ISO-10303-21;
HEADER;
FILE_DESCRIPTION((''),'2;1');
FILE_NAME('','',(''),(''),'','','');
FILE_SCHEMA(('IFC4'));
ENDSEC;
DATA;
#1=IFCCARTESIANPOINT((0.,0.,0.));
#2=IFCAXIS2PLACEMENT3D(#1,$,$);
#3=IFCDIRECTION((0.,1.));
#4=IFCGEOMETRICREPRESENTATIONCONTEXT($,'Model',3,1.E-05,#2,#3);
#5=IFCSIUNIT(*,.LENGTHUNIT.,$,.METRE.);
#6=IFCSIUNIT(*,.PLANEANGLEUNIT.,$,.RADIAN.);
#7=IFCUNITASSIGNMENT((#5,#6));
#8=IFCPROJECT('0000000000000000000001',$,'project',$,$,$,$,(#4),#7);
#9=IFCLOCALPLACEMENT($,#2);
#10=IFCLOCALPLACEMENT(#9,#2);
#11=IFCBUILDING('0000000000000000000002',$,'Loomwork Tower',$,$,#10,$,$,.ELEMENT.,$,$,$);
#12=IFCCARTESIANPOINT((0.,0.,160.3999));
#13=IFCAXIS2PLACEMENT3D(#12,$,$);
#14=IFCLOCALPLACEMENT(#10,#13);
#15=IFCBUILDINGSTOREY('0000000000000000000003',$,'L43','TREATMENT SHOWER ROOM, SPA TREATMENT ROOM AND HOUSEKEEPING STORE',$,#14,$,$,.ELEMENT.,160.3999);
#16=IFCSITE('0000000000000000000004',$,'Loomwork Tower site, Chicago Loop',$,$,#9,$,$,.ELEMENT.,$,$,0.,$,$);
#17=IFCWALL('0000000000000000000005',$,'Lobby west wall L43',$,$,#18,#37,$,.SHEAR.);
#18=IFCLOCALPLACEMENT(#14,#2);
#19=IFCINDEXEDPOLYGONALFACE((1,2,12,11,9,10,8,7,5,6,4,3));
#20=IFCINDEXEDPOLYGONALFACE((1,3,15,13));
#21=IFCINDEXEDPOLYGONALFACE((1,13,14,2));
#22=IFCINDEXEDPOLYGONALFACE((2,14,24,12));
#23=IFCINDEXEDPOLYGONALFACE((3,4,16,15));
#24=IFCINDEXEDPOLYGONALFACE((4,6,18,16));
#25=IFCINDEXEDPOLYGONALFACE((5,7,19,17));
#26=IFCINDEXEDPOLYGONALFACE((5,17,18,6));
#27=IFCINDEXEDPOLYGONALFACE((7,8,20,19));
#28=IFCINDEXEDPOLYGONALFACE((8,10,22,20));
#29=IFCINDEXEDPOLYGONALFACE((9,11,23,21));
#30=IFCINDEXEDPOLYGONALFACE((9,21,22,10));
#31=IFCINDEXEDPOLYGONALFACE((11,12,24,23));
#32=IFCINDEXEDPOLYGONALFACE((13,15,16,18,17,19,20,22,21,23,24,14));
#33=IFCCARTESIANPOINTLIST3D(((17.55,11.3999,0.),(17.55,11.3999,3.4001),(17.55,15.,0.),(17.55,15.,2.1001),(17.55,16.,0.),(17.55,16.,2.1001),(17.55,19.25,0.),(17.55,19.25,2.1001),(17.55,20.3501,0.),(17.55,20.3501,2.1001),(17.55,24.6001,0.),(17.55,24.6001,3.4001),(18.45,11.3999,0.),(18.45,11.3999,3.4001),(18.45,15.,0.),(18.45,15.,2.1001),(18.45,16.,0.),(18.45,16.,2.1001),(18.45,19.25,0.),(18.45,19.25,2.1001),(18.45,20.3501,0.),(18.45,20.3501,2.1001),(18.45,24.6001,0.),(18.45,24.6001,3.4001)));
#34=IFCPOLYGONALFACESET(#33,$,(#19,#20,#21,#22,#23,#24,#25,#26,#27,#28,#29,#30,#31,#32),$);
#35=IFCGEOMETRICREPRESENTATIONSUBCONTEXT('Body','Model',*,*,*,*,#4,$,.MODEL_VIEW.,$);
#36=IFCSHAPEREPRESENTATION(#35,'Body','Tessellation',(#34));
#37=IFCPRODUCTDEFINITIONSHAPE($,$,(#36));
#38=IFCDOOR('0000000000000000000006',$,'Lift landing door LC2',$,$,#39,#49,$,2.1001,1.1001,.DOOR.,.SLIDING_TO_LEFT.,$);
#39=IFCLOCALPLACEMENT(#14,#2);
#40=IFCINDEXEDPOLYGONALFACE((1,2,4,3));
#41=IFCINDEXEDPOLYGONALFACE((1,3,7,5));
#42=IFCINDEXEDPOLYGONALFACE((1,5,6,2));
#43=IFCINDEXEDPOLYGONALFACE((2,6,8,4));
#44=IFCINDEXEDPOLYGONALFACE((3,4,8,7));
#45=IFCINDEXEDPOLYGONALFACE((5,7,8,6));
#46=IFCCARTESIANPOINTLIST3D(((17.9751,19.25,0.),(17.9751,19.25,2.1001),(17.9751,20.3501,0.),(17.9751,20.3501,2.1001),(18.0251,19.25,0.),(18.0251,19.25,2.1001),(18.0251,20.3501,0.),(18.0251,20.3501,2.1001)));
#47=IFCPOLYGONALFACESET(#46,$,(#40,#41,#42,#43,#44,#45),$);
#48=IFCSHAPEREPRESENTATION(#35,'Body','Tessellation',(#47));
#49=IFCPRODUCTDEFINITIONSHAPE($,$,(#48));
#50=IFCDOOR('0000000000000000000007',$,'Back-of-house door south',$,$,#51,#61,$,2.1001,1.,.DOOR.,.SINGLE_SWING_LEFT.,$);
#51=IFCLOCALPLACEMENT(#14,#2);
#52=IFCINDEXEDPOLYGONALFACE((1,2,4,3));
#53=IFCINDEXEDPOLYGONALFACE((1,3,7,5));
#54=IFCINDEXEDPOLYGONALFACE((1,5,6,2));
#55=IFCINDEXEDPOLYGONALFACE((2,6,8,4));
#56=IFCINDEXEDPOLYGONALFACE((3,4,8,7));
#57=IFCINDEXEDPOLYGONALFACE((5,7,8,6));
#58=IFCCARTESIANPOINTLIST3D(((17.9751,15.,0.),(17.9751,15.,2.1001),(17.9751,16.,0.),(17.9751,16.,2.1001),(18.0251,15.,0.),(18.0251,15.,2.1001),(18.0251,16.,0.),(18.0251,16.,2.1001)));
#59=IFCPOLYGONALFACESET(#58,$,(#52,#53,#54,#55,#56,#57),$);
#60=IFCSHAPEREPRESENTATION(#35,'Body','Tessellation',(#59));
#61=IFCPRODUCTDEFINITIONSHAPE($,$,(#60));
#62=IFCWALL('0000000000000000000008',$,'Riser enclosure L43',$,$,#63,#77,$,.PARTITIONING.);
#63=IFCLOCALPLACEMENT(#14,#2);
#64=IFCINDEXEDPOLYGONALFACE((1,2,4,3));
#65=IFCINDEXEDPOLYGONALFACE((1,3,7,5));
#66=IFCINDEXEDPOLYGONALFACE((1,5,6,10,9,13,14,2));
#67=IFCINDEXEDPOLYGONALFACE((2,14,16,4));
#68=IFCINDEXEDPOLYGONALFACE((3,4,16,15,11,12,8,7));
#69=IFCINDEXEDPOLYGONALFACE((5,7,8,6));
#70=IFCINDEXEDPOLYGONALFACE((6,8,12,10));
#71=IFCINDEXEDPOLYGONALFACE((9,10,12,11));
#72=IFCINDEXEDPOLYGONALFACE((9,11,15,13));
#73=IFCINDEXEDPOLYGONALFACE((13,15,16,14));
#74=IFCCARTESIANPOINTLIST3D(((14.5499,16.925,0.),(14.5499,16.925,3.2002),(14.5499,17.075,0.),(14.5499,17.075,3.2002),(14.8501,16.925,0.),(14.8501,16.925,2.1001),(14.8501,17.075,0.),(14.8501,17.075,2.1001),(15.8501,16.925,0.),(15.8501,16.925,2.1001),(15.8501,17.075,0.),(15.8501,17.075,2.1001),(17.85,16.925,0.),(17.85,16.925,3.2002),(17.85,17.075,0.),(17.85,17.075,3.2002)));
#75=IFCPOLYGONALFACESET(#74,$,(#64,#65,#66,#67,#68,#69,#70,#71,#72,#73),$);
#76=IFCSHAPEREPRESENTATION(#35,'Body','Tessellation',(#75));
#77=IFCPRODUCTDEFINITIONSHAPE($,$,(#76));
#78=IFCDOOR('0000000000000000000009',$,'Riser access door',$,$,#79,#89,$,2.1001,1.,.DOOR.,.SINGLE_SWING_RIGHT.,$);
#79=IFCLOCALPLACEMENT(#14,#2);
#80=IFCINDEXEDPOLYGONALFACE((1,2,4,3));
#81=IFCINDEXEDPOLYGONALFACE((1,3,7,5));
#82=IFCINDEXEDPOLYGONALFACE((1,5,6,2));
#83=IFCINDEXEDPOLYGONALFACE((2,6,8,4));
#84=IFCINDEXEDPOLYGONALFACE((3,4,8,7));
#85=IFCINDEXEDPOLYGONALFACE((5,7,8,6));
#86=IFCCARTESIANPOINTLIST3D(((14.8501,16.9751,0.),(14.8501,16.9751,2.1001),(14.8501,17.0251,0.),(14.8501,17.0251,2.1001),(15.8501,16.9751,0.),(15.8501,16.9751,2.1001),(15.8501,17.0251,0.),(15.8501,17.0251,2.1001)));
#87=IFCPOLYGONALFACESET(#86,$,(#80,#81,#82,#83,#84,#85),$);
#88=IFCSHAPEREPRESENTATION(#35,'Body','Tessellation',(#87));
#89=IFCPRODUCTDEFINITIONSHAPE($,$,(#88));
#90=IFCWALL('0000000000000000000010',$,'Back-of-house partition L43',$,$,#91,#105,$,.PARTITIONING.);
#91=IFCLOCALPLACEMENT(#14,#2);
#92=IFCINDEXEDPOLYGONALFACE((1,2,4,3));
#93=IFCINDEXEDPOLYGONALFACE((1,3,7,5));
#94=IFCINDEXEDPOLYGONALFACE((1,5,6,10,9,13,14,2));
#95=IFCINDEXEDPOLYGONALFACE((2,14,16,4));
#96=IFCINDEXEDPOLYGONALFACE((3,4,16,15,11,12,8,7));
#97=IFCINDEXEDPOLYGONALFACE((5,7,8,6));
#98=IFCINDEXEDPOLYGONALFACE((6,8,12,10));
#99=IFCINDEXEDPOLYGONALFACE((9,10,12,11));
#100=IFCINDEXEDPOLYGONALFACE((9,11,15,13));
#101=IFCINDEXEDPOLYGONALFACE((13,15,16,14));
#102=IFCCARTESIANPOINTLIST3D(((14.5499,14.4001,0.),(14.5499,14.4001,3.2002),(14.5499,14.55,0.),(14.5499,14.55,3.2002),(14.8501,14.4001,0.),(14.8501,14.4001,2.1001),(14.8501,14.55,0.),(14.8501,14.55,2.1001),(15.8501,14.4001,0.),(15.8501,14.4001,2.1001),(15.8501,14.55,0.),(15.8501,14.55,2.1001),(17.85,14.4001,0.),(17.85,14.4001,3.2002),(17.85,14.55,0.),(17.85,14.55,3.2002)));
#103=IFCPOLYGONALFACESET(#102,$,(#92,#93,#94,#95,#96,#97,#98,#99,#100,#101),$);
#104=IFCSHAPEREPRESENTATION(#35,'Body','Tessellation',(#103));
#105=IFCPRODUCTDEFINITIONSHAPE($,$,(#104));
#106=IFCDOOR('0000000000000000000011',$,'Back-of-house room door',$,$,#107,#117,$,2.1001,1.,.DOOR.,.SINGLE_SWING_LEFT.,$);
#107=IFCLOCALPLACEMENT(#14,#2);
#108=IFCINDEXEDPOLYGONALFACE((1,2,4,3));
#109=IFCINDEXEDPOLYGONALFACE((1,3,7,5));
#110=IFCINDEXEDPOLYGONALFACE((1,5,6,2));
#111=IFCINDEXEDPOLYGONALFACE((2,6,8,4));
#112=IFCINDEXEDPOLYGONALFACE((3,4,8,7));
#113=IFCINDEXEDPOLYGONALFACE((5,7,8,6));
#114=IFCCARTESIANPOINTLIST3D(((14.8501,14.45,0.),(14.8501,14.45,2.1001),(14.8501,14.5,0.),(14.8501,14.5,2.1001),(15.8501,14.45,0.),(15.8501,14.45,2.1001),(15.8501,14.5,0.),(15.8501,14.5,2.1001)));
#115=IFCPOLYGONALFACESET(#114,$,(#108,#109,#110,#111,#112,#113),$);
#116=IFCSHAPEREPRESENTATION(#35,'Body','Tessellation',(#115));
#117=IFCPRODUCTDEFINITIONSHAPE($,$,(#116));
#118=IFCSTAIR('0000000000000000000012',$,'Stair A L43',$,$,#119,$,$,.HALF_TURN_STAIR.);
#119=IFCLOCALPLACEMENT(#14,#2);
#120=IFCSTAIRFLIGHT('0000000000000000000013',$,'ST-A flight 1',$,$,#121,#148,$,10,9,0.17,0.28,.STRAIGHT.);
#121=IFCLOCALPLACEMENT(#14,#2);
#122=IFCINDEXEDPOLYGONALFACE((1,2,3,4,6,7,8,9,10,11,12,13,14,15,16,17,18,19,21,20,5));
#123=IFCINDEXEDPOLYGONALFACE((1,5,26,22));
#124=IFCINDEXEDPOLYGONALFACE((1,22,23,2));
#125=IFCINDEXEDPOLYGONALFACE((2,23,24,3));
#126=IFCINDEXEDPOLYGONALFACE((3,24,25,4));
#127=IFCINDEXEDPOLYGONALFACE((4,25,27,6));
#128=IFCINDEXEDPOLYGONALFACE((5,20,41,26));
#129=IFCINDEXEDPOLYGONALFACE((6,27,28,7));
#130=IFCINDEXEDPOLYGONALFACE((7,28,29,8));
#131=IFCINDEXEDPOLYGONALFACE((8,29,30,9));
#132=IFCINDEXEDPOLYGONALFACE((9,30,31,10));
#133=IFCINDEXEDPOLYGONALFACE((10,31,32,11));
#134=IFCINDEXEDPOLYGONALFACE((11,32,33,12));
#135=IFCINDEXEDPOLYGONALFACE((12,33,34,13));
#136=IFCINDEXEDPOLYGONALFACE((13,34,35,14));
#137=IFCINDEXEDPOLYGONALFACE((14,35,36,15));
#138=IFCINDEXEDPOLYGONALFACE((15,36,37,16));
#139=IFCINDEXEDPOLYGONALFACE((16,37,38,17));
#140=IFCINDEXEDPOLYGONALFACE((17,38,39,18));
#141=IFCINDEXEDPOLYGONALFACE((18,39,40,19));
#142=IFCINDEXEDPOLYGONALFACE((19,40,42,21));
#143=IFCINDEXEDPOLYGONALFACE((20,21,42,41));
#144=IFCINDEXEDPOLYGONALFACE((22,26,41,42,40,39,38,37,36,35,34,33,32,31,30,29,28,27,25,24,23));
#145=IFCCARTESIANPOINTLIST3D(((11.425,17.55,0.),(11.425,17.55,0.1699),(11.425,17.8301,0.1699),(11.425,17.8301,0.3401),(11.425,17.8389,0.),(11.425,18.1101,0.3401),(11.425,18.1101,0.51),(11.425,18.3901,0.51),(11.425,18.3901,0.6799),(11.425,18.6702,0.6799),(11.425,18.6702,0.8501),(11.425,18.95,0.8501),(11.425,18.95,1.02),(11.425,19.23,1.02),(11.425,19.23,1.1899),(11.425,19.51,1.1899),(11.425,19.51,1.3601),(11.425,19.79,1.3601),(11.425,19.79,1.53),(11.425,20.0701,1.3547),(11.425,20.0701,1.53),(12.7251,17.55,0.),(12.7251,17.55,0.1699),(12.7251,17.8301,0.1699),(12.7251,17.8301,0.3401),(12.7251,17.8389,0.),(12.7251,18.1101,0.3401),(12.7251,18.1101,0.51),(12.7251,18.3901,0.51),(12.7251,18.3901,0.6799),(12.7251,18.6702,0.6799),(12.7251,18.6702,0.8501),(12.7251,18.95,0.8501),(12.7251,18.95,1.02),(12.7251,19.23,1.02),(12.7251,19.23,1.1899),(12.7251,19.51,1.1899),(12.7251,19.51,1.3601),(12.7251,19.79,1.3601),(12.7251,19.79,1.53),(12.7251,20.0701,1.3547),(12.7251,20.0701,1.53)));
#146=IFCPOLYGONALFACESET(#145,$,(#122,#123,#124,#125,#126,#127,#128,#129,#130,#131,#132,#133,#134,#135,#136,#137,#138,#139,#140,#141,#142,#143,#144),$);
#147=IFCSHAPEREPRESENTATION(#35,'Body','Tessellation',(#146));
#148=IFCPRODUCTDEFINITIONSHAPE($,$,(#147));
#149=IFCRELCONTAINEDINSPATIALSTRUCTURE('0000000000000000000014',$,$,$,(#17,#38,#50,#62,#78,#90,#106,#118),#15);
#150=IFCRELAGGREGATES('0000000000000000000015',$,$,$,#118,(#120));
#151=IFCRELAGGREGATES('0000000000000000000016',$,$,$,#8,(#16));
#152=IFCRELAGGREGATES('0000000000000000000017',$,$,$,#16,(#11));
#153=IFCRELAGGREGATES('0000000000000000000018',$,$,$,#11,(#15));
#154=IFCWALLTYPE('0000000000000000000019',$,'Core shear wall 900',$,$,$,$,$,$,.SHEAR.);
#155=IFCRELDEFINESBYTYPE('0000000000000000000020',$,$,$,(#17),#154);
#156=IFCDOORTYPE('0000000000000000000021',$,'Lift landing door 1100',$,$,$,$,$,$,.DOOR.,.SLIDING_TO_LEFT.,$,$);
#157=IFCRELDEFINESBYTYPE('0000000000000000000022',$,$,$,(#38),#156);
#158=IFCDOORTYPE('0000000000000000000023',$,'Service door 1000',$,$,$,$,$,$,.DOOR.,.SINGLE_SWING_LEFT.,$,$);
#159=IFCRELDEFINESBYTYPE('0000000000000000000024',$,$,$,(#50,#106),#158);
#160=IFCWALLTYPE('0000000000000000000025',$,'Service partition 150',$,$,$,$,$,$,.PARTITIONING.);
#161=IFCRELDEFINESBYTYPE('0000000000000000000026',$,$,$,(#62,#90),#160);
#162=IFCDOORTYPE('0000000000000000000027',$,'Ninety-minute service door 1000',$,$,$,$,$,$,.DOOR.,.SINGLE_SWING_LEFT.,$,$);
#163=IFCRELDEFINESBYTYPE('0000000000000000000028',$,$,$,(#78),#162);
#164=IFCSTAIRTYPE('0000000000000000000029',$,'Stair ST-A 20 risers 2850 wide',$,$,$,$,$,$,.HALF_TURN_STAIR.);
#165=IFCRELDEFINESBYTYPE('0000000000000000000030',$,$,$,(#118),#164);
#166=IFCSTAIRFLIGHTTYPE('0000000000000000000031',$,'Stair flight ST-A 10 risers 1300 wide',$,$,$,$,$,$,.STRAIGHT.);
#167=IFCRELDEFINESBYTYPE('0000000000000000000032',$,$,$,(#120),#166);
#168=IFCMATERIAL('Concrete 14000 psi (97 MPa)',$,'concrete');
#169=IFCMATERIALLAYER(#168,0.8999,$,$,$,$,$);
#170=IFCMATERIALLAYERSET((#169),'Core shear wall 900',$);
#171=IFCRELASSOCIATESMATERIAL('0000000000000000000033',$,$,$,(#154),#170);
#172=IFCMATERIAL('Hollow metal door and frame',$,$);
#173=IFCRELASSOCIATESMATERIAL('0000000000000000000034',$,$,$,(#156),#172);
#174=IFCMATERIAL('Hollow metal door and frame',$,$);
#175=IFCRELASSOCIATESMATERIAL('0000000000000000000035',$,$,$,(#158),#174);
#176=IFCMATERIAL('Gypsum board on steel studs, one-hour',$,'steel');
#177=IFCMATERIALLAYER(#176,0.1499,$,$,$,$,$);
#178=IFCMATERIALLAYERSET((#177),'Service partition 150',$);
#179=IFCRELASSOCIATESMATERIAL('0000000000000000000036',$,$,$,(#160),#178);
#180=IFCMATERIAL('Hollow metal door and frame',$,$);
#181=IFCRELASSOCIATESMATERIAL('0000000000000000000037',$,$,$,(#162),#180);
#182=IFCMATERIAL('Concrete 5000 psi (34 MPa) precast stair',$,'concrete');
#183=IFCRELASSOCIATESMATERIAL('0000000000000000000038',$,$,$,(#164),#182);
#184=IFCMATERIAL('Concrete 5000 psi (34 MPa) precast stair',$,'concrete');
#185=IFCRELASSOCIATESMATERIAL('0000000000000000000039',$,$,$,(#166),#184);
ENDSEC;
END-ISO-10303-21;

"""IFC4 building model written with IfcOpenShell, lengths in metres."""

from ifc_helpers import new_model, si_unit, direction, frame, frame_2d, origin, place, context, subcontext, project, spatial, polyline, rectangle, outline, extrude, material, layer, layer_set, type_object, element, fill, aggregate, save


model = new_model("IFC4")

# Units and contexts
model_context = context("Model", 3, precision=1e-05, world=origin(), true_north=direction((0.0, 1.0)))
body_context = subcontext(model_context, "Body", "Model", "MODEL_VIEW")
ifc_project = project(units=[si_unit("LENGTHUNIT", "METRE"), si_unit("PLANEANGLEUNIT", "RADIAN")], contexts=[model_context])

# Site, building, storey
site_placement = place(None, origin())
site = spatial("IfcSite", under=ifc_project, at=site_placement, Name="Loomwork Tower site, Chicago Loop", CompositionType="ELEMENT", RefElevation=0.0)
building_placement = place(site_placement, origin())
building = spatial("IfcBuilding", under=site, at=building_placement, Name="Loomwork Tower", CompositionType="ELEMENT")
storey_placement = place(building_placement, frame((0.0, 0.0, 160.3999)))
storey = spatial("IfcBuildingStorey", under=building, at=storey_placement, Name="L43", Description="TREATMENT SHOWER ROOM, SPA TREATMENT ROOM AND HOUSEKEEPING STORE", CompositionType="ELEMENT", Elevation=160.3999)

# Wall, openings, doors
ifc_material_1 = material(Name="Concrete 14000 psi (97 MPa)", Category="concrete")
ifc_layer_1 = layer(ifc_material_1, 0.8999)
ifc_layer_set_1 = layer_set([ifc_layer_1], Name="Core shear wall 900")
wall_type_1 = type_object("IfcWallType", Name="Core shear wall 900", PredefinedType="SHEAR", material=ifc_layer_set_1)
wall_1_placement = place(storey_placement, frame((18.0, 11.3999, 0.0), z_axis=(0.0, 0.0, 1.0), x_axis=(0.0, 1.0, 0.0)))
wall_1 = element("IfcWall", 1, at=wall_1_placement, inside=storey, type_object=wall_type_1, Name="Lobby west wall L43", PredefinedType="SHEAR", context=body_context, shape_type="SweptSolid", body=[
    extrude(rectangle(XDim=13.2002, YDim=0.8999, at=frame_2d((6.6001, 0.0))), origin(), (0.0, 0.0, 1.0), 3.4001),
])
opening_1_placement = place(wall_1_placement, frame((3.6001, 0.0, 0.0)))
opening_1 = element("IfcOpeningElement", 2, at=opening_1_placement, cuts=wall_1, PredefinedType="OPENING", context=body_context, shape_type="SweptSolid", body=[
    extrude(rectangle(XDim=1.0, YDim=2.1001, at=frame_2d((0.5, 1.05))), frame((0.0, 0.46, 0.0), z_axis=(0.0, -1.0, 0.0), x_axis=(1.0, 0.0, 0.0)), (0.0, 0.0, 1.0), 0.9199),
])
opening_2_placement = place(wall_1_placement, frame((7.8501, 0.0, 0.0)))
opening_2 = element("IfcOpeningElement", 3, at=opening_2_placement, cuts=wall_1, PredefinedType="OPENING", context=body_context, shape_type="SweptSolid", body=[
    extrude(rectangle(XDim=1.1001, YDim=2.1001, at=frame_2d((0.55, 1.05))), frame((0.0, 0.46, 0.0), z_axis=(0.0, -1.0, 0.0), x_axis=(1.0, 0.0, 0.0)), (0.0, 0.0, 1.0), 0.9199),
])
ifc_material_2 = material(Name="Hollow metal door and frame")
door_type_1 = type_object("IfcDoorType", Name="Lift landing door 1100", OperationType="SLIDING_TO_LEFT", PredefinedType="DOOR", material=ifc_material_2)
door_1_placement = place(opening_2_placement, origin())
door_1 = element("IfcDoor", 4, at=door_1_placement, inside=storey, type_object=door_type_1, Name="Lift landing door LC2", OperationType="SLIDING_TO_LEFT", OverallHeight=2.1001, OverallWidth=1.1001, PredefinedType="DOOR", context=body_context, shape_type="SweptSolid", body=[
    extrude(rectangle(XDim=1.1001, YDim=2.1001, at=frame_2d((0.55, 1.05))), frame((0.0, 0.0249, 0.0), z_axis=(0.0, -1.0, 0.0), x_axis=(1.0, 0.0, 0.0)), (0.0, 0.0, 1.0), 0.05),
])
fill(opening_2, door_1)
ifc_material_3 = material(Name="Hollow metal door and frame")
door_type_2 = type_object("IfcDoorType", Name="Service door 1000", OperationType="SINGLE_SWING_LEFT", PredefinedType="DOOR", material=ifc_material_3)
door_2_placement = place(opening_1_placement, origin())
door_2 = element("IfcDoor", 5, at=door_2_placement, inside=storey, type_object=door_type_2, Name="Back-of-house door south", OperationType="SINGLE_SWING_LEFT", OverallHeight=2.1001, OverallWidth=1.0, PredefinedType="DOOR", context=body_context, shape_type="SweptSolid", body=[
    extrude(rectangle(XDim=1.0, YDim=2.1001, at=frame_2d((0.5, 1.05))), frame((0.0, 0.0249, 0.0), z_axis=(0.0, -1.0, 0.0), x_axis=(1.0, 0.0, 0.0)), (0.0, 0.0, 1.0), 0.05),
])
fill(opening_1, door_2)

# Walls, openings, doors
ifc_material_4 = material(Name="Gypsum board on steel studs, one-hour", Category="steel")
ifc_layer_2 = layer(ifc_material_4, 0.1499)
ifc_layer_set_2 = layer_set([ifc_layer_2], Name="Service partition 150")
wall_type_2 = type_object("IfcWallType", Name="Service partition 150", PredefinedType="PARTITIONING", material=ifc_layer_set_2)
wall_2_placement = place(storey_placement, frame((14.55, 17.0, 0.0), z_axis=(0.0, 0.0, 1.0), x_axis=(1.0, 0.0, 0.0)))
wall_2 = element("IfcWall", 6, at=wall_2_placement, inside=storey, type_object=wall_type_2, Name="Riser enclosure L43", PredefinedType="PARTITIONING", context=body_context, shape_type="SweptSolid", body=[
    extrude(rectangle(XDim=3.3, YDim=0.1499, at=frame_2d((1.6499, 0.0))), origin(), (0.0, 0.0, 1.0), 3.2002),
])
opening_3_placement = place(wall_2_placement, frame((0.3, 0.0, 0.0)))
opening_3 = element("IfcOpeningElement", 7, at=opening_3_placement, cuts=wall_2, PredefinedType="OPENING", context=body_context, shape_type="SweptSolid", body=[
    extrude(rectangle(XDim=1.0, YDim=2.1001, at=frame_2d((0.5, 1.05))), frame((0.0, 0.085, 0.0), z_axis=(0.0, -1.0, 0.0), x_axis=(1.0, 0.0, 0.0)), (0.0, 0.0, 1.0), 0.1699),
])
ifc_material_5 = material(Name="Hollow metal door and frame")
door_type_3 = type_object("IfcDoorType", Name="Ninety-minute service door 1000", OperationType="SINGLE_SWING_LEFT", PredefinedType="DOOR", material=ifc_material_5)
door_3_placement = place(opening_3_placement, frame((1.0, 0.0, 0.0), z_axis=(0.0, 0.0, 1.0), x_axis=(-1.0, 0.0, 0.0)))
door_3 = element("IfcDoor", 8, at=door_3_placement, inside=storey, type_object=door_type_3, Name="Riser access door", OperationType="SINGLE_SWING_RIGHT", OverallHeight=2.1001, OverallWidth=1.0, PredefinedType="DOOR", context=body_context, shape_type="SweptSolid", body=[
    extrude(rectangle(XDim=1.0, YDim=2.1001, at=frame_2d((0.5, 1.05))), frame((0.0, 0.0249, 0.0), z_axis=(0.0, -1.0, 0.0), x_axis=(1.0, 0.0, 0.0)), (0.0, 0.0, 1.0), 0.05),
])
fill(opening_3, door_3)
wall_3_placement = place(storey_placement, frame((14.55, 14.4751, 0.0), z_axis=(0.0, 0.0, 1.0), x_axis=(1.0, 0.0, 0.0)))
wall_3 = element("IfcWall", 9, at=wall_3_placement, inside=storey, type_object=wall_type_2, Name="Back-of-house partition L43", PredefinedType="PARTITIONING", context=body_context, shape_type="SweptSolid", body=[
    extrude(rectangle(XDim=3.3, YDim=0.1499, at=frame_2d((1.6499, 0.0))), origin(), (0.0, 0.0, 1.0), 3.2002),
])
opening_4_placement = place(wall_3_placement, frame((0.3, 0.0, 0.0)))
opening_4 = element("IfcOpeningElement", 10, at=opening_4_placement, cuts=wall_3, PredefinedType="OPENING", context=body_context, shape_type="SweptSolid", body=[
    extrude(rectangle(XDim=1.0, YDim=2.1001, at=frame_2d((0.5, 1.05))), frame((0.0, 0.085, 0.0), z_axis=(0.0, -1.0, 0.0), x_axis=(1.0, 0.0, 0.0)), (0.0, 0.0, 1.0), 0.1699),
])
door_4_placement = place(opening_4_placement, origin())
door_4 = element("IfcDoor", 11, at=door_4_placement, inside=storey, type_object=door_type_2, Name="Back-of-house room door", OperationType="SINGLE_SWING_LEFT", OverallHeight=2.1001, OverallWidth=1.0, PredefinedType="DOOR", context=body_context, shape_type="SweptSolid", body=[
    extrude(rectangle(XDim=1.0, YDim=2.1001, at=frame_2d((0.5, 1.05))), frame((0.0, 0.0249, 0.0), z_axis=(0.0, -1.0, 0.0), x_axis=(1.0, 0.0, 0.0)), (0.0, 0.0, 1.0), 0.05),
])
fill(opening_4, door_4)

# Stair, stair flight
ifc_material_6 = material(Name="Concrete 5000 psi (34 MPa) precast stair", Category="concrete")
stair_type = type_object("IfcStairType", Name="Stair ST-A 20 risers 2850 wide", PredefinedType="HALF_TURN_STAIR", material=ifc_material_6)
stair_placement = place(storey_placement, origin())
stair = element("IfcStair", 12, at=stair_placement, inside=storey, type_object=stair_type, Name="Stair A L43", PredefinedType="HALF_TURN_STAIR")
ifc_material_7 = material(Name="Concrete 5000 psi (34 MPa) precast stair", Category="concrete")
stair_flight_type = type_object("IfcStairFlightType", Name="Stair flight ST-A 10 risers 1300 wide", PredefinedType="STRAIGHT", material=ifc_material_7)
stair_flight_placement = place(storey_placement, frame((12.075, 17.55, 0.0), z_axis=(0.0, 0.0, 1.0), x_axis=(0.0, 1.0, 0.0)))
stair_flight = element("IfcStairFlight", 13, at=stair_flight_placement, type_object=stair_flight_type, Name="ST-A flight 1", NumberOfRisers=10, NumberOfTreads=9, PredefinedType="STRAIGHT", RiserHeight=0.17, TreadLength=0.28, context=body_context, shape_type="SweptSolid", body=[
    extrude(outline(polyline([(0.0, 0.0), (0.0, 0.1699), (0.28, 0.1699), (0.28, 0.3401), (0.5601, 0.3401), (0.5601, 0.51), (0.8401, 0.51), (0.8401, 0.6799), (1.1201, 0.6799), (1.1201, 0.8501), (1.3999, 0.8501), (1.3999, 1.02), (1.6799, 1.02), (1.6799, 1.1899), (1.96, 1.1899), (1.96, 1.3601), (2.24, 1.3601), (2.24, 1.53), (2.52, 1.53), (2.52, 1.7), (2.52, 1.3547), (0.2888, 0.0), (0.0, 0.0)])), frame((0.0, 0.6499, 0.0), z_axis=(0.0, -1.0, 0.0), x_axis=(1.0, 0.0, 0.0)), (0.0, 0.0, 1.0), 1.3),
])
aggregate(stair, [stair_flight])

save(model, "model.ifc")
